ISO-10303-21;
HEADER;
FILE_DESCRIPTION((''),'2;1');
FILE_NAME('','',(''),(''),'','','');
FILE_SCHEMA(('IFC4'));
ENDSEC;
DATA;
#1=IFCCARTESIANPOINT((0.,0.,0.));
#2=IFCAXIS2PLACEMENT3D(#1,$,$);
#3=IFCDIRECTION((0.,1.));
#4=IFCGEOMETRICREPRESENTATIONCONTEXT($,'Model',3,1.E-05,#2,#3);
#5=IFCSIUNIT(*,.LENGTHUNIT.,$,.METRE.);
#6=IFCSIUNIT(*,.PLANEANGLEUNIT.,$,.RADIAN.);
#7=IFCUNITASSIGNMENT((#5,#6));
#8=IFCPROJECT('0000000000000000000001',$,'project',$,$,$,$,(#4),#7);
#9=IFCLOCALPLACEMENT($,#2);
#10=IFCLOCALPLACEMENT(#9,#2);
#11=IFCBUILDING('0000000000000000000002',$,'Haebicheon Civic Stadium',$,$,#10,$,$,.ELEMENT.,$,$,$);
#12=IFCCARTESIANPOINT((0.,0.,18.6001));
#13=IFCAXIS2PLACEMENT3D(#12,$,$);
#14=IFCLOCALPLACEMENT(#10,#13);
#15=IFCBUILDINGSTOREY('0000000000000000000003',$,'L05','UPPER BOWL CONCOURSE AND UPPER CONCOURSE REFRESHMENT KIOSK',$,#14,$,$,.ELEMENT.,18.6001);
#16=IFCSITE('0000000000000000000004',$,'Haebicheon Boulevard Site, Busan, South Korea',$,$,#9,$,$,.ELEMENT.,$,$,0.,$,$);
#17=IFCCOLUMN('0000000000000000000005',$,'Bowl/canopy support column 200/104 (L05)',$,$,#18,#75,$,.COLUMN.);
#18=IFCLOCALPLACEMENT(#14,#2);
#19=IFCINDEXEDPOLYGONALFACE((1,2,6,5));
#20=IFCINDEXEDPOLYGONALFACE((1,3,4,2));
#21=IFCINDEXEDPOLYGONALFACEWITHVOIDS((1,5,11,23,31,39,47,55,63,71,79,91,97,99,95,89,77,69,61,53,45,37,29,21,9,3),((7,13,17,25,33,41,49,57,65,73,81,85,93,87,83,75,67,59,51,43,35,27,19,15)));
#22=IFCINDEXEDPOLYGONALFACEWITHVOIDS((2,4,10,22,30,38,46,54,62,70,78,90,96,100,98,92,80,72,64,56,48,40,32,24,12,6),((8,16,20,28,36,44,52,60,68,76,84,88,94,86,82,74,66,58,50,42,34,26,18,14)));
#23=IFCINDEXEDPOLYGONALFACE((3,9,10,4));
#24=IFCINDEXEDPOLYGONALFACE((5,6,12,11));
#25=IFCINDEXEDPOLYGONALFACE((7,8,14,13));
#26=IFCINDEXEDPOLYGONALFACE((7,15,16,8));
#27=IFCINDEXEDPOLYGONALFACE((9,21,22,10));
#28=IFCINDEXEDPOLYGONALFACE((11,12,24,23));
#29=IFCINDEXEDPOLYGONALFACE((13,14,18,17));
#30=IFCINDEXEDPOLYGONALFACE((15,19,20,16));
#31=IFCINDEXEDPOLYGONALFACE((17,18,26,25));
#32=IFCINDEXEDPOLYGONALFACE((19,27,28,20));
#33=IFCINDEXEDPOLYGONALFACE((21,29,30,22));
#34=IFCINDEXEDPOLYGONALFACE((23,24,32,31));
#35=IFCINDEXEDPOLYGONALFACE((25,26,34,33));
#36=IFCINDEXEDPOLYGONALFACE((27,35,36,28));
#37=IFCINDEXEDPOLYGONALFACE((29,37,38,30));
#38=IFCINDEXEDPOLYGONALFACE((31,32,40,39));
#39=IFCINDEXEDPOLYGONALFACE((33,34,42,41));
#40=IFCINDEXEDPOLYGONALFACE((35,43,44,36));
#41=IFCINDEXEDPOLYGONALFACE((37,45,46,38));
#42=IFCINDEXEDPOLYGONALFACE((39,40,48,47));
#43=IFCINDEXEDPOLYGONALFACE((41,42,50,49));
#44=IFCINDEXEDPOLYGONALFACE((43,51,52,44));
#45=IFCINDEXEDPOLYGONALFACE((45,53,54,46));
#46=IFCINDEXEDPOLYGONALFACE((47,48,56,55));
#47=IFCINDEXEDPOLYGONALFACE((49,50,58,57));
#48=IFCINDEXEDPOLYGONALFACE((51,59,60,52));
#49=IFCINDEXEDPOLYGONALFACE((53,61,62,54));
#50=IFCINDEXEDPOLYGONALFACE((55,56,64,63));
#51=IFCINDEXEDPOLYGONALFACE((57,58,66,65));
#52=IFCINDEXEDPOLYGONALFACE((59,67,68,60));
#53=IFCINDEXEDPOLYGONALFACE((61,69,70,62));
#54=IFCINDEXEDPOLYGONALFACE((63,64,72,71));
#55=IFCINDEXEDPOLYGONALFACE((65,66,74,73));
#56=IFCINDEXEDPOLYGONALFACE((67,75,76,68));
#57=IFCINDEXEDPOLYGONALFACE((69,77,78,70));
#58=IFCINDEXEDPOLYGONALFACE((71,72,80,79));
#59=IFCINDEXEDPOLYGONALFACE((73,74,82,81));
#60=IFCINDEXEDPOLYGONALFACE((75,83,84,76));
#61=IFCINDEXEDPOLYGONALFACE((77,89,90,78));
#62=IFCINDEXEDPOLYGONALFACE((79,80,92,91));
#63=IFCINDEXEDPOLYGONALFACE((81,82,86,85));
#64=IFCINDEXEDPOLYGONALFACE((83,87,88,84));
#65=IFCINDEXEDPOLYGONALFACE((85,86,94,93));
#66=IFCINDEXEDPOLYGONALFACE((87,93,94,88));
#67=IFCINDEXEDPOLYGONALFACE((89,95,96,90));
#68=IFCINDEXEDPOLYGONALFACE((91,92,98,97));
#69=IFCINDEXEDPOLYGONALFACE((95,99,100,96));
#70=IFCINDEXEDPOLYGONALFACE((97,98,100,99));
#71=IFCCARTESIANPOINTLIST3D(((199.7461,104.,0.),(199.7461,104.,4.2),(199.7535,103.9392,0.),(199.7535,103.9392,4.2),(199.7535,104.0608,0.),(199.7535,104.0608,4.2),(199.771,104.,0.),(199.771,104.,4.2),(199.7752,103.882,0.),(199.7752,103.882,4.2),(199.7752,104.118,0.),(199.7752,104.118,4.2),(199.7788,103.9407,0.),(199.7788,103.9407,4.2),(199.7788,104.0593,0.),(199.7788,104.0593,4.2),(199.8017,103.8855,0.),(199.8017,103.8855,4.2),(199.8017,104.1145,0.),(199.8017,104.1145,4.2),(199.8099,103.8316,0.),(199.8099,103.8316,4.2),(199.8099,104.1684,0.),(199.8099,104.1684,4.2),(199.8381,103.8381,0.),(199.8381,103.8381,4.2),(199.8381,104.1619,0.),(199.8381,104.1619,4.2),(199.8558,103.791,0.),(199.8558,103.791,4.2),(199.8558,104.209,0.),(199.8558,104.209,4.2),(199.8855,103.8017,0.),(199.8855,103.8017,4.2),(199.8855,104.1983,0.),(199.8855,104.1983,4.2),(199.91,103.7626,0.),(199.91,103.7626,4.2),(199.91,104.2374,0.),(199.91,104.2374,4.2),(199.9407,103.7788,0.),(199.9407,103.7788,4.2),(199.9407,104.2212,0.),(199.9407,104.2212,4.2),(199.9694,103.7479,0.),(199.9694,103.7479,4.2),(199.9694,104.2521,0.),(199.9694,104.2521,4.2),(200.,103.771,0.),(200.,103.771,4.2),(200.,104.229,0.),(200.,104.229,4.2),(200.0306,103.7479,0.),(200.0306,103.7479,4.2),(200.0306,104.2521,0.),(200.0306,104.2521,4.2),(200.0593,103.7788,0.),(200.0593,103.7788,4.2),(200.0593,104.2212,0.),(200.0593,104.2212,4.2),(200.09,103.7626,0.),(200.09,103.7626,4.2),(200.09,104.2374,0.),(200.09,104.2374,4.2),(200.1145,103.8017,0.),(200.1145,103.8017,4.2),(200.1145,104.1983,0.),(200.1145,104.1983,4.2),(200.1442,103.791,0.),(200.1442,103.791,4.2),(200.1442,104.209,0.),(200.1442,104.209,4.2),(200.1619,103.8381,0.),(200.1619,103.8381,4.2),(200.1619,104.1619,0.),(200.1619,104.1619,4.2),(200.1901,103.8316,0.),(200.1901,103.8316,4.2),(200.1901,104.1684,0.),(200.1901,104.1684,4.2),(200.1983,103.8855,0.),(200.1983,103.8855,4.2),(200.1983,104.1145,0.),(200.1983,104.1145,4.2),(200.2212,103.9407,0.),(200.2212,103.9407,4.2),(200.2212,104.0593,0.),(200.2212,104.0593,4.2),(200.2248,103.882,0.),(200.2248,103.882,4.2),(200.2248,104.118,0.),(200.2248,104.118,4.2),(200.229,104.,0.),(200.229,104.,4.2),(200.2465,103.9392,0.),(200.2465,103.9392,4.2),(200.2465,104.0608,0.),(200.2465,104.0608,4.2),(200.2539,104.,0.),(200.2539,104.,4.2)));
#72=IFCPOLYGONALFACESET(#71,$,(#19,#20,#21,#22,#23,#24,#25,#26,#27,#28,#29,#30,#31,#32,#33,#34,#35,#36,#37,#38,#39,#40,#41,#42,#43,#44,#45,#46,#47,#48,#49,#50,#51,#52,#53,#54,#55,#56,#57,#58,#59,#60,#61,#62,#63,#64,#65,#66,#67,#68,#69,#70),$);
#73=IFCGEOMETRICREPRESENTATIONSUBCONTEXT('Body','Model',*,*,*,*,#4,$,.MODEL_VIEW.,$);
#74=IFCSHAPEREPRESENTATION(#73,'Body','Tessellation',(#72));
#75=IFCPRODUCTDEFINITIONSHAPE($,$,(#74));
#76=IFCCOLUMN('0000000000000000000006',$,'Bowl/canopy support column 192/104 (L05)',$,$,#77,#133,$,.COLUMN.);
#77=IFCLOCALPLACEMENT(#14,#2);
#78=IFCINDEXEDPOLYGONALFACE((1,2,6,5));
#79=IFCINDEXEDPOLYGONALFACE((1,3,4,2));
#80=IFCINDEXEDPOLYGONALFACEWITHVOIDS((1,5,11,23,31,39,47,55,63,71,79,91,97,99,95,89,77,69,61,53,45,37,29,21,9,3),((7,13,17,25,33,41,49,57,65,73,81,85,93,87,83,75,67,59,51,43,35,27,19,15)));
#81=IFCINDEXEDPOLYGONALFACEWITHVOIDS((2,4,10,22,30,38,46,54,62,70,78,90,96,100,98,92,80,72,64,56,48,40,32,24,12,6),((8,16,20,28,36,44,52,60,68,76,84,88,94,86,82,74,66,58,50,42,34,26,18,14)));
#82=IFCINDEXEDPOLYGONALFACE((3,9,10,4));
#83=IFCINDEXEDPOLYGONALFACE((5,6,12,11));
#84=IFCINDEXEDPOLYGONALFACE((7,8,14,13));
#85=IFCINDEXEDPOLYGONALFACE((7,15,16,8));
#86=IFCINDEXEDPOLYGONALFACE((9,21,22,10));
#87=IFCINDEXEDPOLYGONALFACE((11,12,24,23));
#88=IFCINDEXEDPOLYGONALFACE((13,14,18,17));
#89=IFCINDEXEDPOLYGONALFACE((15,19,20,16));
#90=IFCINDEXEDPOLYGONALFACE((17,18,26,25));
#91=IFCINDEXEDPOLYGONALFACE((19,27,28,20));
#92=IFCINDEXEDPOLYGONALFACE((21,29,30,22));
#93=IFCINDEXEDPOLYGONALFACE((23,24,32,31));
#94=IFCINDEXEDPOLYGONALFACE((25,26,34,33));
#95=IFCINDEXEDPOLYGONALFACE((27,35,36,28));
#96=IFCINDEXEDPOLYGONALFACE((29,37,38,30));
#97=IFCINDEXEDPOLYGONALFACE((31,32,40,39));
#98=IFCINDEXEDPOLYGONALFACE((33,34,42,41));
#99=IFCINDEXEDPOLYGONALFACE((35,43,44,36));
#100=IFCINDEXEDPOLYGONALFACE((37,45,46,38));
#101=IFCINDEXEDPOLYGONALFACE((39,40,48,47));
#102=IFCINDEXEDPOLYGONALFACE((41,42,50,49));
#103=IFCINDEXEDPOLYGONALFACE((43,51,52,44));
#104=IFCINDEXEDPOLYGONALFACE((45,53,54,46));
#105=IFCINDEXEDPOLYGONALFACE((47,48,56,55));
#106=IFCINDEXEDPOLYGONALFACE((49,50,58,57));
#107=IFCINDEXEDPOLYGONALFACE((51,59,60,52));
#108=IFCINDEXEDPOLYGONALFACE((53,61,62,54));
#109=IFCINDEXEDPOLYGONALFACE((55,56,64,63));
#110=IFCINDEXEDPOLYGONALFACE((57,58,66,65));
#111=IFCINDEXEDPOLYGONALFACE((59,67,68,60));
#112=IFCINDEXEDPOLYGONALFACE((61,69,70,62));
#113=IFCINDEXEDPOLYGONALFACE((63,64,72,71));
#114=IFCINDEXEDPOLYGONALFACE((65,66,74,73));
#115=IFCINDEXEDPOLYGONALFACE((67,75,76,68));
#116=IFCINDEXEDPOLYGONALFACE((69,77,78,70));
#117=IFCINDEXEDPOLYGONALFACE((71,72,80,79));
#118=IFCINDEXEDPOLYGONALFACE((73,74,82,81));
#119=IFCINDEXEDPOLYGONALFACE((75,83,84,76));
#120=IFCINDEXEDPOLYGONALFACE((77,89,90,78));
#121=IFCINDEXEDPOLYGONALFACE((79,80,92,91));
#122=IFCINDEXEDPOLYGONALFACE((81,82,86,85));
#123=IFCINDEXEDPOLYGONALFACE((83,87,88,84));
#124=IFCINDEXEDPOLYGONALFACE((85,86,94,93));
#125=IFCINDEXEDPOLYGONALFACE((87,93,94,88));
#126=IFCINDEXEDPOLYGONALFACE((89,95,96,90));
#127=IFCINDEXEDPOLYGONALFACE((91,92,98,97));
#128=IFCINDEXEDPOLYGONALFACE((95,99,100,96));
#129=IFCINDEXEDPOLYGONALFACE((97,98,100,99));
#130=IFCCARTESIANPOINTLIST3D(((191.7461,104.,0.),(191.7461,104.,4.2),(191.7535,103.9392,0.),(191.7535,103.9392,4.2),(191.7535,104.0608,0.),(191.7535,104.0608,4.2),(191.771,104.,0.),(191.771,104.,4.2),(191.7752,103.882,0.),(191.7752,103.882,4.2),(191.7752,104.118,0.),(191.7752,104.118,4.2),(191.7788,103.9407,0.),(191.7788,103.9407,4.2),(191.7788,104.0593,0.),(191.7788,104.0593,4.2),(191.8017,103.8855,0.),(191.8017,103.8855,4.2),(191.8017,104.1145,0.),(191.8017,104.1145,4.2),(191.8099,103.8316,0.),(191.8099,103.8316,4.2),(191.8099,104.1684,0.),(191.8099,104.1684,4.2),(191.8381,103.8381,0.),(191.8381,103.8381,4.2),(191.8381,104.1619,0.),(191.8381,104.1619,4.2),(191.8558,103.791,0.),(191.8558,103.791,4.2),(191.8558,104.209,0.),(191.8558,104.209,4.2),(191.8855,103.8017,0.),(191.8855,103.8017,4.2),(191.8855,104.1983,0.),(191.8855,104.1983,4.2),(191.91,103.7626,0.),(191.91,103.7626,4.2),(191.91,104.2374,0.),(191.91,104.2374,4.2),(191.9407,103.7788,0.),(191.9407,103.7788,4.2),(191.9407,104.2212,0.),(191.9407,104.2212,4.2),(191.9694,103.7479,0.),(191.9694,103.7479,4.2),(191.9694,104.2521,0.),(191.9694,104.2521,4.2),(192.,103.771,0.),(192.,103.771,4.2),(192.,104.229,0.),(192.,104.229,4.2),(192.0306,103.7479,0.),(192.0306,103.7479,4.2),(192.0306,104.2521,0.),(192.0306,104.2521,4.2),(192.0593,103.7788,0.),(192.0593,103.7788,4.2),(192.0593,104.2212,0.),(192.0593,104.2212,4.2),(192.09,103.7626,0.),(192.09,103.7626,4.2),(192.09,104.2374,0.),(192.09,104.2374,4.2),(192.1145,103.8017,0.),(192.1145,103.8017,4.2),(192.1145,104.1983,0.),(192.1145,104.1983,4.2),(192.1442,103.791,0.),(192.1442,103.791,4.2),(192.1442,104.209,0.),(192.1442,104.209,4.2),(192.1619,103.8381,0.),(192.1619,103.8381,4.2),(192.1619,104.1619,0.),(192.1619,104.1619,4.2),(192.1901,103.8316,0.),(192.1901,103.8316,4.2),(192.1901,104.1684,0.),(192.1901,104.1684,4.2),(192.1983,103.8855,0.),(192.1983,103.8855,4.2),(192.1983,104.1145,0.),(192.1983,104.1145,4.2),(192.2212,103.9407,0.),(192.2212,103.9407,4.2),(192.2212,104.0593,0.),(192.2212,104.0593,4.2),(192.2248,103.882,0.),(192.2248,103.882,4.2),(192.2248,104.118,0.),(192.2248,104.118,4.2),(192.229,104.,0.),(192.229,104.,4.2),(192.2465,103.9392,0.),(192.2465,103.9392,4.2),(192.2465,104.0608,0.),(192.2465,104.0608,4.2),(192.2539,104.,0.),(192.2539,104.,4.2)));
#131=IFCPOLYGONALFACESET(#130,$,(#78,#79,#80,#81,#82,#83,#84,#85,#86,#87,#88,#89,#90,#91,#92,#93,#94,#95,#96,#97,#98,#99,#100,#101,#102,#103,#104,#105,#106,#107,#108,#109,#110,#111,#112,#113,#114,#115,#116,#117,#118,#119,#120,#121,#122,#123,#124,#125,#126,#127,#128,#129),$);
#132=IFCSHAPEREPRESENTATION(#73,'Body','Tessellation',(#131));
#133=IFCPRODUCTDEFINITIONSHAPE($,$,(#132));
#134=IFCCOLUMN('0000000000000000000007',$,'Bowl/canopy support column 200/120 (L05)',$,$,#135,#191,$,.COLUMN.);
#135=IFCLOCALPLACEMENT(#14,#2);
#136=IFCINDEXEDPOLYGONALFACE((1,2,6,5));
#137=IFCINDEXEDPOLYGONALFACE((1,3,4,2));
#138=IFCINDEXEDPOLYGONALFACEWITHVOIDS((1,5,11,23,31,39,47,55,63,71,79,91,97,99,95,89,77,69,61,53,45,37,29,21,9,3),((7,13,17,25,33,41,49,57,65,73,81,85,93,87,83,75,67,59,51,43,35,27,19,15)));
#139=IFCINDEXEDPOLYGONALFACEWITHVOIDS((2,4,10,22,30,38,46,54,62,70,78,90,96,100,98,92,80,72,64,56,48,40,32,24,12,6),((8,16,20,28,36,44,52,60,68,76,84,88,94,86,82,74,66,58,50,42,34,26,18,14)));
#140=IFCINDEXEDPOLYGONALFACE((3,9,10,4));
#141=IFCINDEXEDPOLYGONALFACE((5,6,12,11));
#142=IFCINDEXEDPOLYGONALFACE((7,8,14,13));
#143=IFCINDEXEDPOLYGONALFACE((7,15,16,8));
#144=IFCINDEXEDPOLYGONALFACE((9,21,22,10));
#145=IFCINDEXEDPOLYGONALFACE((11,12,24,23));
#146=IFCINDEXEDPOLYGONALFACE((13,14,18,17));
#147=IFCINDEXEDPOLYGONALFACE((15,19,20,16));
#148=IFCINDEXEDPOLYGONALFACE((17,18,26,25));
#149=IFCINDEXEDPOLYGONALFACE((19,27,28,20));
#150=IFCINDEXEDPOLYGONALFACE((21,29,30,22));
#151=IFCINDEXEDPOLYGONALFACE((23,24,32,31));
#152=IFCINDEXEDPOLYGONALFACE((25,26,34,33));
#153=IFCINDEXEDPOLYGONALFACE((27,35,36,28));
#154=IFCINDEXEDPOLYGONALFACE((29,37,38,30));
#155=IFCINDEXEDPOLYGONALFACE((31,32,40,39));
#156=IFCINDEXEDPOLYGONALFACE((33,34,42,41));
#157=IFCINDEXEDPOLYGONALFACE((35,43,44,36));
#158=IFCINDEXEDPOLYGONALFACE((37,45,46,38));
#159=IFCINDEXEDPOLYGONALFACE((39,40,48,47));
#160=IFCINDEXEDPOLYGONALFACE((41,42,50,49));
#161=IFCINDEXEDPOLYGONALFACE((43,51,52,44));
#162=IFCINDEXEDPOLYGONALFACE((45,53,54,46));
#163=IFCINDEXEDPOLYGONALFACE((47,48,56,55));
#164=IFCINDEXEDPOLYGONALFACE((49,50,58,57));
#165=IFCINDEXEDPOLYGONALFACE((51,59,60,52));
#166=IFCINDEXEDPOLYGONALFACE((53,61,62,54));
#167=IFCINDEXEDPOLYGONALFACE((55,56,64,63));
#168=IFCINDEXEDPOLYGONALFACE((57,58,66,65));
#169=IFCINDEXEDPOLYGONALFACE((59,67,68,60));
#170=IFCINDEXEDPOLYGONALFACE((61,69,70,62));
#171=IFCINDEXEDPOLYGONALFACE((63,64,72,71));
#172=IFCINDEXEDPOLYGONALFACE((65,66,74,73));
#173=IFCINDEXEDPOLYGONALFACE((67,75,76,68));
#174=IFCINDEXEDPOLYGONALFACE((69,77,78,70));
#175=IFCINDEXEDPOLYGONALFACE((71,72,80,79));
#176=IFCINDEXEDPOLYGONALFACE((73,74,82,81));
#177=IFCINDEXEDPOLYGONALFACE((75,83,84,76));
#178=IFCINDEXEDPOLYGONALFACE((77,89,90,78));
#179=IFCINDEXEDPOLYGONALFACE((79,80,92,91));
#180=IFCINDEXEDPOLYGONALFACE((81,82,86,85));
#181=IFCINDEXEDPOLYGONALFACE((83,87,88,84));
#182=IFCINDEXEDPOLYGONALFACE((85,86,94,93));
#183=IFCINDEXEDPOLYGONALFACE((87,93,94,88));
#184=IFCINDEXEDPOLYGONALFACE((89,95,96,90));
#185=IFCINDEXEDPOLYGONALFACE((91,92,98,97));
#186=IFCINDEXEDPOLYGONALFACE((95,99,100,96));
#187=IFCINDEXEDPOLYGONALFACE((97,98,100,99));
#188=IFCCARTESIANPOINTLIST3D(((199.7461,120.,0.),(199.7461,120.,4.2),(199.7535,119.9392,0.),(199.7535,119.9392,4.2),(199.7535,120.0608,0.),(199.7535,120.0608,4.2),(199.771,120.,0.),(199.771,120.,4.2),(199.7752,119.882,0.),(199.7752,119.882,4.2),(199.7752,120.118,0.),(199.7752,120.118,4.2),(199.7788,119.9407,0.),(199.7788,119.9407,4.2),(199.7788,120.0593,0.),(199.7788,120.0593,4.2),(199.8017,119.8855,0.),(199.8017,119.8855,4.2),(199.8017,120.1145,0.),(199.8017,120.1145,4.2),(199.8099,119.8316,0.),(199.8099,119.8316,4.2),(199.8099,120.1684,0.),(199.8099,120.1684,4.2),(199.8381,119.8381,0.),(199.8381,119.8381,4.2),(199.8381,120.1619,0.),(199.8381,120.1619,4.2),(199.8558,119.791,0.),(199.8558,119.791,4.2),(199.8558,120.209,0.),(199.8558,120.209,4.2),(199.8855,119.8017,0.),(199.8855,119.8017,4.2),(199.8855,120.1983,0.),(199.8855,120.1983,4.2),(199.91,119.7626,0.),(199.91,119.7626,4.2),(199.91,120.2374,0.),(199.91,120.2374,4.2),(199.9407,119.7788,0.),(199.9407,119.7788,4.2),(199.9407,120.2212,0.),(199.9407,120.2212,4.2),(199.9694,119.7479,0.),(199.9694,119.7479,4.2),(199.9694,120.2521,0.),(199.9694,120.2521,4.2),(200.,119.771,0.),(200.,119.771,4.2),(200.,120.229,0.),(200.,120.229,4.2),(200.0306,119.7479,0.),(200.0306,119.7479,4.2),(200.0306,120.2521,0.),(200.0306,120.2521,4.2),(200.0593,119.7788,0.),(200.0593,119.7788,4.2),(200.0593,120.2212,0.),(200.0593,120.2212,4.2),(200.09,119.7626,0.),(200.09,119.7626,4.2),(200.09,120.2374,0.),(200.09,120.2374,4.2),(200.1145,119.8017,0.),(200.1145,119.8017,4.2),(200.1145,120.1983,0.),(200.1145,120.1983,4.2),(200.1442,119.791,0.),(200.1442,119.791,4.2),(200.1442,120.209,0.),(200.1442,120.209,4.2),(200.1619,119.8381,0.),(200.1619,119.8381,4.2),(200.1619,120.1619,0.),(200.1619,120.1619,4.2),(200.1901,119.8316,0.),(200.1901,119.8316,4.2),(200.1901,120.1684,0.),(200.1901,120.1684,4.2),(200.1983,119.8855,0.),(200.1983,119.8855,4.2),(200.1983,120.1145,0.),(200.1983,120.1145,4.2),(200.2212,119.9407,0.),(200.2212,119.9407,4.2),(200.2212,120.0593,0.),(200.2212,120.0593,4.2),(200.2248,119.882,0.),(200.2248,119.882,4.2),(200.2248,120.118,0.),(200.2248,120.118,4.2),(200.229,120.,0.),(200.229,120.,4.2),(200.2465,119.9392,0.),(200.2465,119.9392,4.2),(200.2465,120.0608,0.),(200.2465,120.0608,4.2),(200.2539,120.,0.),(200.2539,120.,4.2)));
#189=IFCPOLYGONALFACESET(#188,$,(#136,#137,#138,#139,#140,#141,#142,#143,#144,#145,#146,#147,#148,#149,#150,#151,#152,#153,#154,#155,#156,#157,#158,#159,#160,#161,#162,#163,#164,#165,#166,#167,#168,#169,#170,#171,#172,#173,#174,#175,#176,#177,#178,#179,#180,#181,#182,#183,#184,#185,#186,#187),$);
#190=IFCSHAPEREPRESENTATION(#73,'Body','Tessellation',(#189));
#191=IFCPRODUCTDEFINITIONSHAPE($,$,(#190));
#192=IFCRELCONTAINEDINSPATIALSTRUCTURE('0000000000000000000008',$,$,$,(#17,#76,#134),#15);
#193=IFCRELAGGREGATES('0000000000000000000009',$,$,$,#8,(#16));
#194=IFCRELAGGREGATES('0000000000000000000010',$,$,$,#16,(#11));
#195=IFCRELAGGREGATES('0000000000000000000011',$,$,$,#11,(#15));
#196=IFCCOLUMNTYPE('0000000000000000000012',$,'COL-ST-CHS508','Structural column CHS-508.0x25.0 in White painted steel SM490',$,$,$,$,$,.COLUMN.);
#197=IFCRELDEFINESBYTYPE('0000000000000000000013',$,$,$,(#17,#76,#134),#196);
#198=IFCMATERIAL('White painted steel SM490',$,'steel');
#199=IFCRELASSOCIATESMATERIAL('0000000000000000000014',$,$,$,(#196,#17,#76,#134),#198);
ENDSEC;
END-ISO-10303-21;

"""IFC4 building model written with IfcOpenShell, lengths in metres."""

from ifc_helpers import new_model, si_unit, direction, frame, origin, origin_2d, place, context, subcontext, project, spatial, hollow_circle, extrude, material, material_profile, profile_set, type_object, element, save


model = new_model("IFC4")

# Units and contexts
model_context = context("Model", 3, precision=1e-05, world=origin(), true_north=direction((0.0, 1.0)))
body_context = subcontext(model_context, "Body", "Model", "MODEL_VIEW")
ifc_project = project(units=[si_unit("LENGTHUNIT", "METRE"), si_unit("PLANEANGLEUNIT", "RADIAN")], contexts=[model_context])

# Site, building, storey
site_placement = place(None, origin())
site = spatial("IfcSite", under=ifc_project, at=site_placement, Name="Haebicheon Boulevard Site, Busan, South Korea", CompositionType="ELEMENT", RefElevation=0.0)
building_placement = place(site_placement, origin())
building = spatial("IfcBuilding", under=site, at=building_placement, Name="Haebicheon Civic Stadium", CompositionType="ELEMENT")
storey_placement = place(building_placement, frame((0.0, 0.0, 18.6001)))
storey = spatial("IfcBuildingStorey", under=building, at=storey_placement, Name="L05", Description="UPPER BOWL CONCOURSE AND UPPER CONCOURSE REFRESHMENT KIOSK", CompositionType="ELEMENT", Elevation=18.6001)

# Columns
ifc_material_1 = material(Name="White painted steel SM490", Category="steel")
ifc_material_profile_1 = material_profile(ifc_material_1, hollow_circle(Radius=0.2539, WallThickness=0.0249, at=origin_2d()), Name="CHS-508.0x25.0")
ifc_profile_set_1 = profile_set([ifc_material_profile_1], Name="White painted steel SM490")
column_type_1 = type_object("IfcColumnType", Name="COL-ST-CHS508", Description="Structural column CHS-508.0x25.0 in White painted steel SM490", PredefinedType="COLUMN", material=ifc_profile_set_1)
for number, where, z_axis, x_axis, name in (
    (1, (200.0, 104.0, 0.0), (0.0, 0.0, 1.0), (1.0, 0.0, 0.0), "Bowl/canopy support column 200/104 (L05)"),
    (2, (192.0, 104.0, 0.0), (0.0, 0.0, 1.0), (1.0, 0.0, 0.0), "Bowl/canopy support column 192/104 (L05)"),
    (3, (200.0, 120.0, 0.0), (0.0, 0.0, 1.0), (1.0, 0.0, 0.0), "Bowl/canopy support column 200/120 (L05)"),
):
    element("IfcColumn", number, at=place(storey_placement, frame(where, z_axis=z_axis, x_axis=x_axis)), inside=storey, type_object=column_type_1, material=ifc_profile_set_1, Name=name, PredefinedType="COLUMN", context=body_context, shape_type="SweptSolid", body=[
        extrude(hollow_circle(Radius=0.2539, WallThickness=0.0249, at=origin_2d()), origin(), (0.0, 0.0, 1.0), 4.2),
    ])

save(model, "model.ifc")
